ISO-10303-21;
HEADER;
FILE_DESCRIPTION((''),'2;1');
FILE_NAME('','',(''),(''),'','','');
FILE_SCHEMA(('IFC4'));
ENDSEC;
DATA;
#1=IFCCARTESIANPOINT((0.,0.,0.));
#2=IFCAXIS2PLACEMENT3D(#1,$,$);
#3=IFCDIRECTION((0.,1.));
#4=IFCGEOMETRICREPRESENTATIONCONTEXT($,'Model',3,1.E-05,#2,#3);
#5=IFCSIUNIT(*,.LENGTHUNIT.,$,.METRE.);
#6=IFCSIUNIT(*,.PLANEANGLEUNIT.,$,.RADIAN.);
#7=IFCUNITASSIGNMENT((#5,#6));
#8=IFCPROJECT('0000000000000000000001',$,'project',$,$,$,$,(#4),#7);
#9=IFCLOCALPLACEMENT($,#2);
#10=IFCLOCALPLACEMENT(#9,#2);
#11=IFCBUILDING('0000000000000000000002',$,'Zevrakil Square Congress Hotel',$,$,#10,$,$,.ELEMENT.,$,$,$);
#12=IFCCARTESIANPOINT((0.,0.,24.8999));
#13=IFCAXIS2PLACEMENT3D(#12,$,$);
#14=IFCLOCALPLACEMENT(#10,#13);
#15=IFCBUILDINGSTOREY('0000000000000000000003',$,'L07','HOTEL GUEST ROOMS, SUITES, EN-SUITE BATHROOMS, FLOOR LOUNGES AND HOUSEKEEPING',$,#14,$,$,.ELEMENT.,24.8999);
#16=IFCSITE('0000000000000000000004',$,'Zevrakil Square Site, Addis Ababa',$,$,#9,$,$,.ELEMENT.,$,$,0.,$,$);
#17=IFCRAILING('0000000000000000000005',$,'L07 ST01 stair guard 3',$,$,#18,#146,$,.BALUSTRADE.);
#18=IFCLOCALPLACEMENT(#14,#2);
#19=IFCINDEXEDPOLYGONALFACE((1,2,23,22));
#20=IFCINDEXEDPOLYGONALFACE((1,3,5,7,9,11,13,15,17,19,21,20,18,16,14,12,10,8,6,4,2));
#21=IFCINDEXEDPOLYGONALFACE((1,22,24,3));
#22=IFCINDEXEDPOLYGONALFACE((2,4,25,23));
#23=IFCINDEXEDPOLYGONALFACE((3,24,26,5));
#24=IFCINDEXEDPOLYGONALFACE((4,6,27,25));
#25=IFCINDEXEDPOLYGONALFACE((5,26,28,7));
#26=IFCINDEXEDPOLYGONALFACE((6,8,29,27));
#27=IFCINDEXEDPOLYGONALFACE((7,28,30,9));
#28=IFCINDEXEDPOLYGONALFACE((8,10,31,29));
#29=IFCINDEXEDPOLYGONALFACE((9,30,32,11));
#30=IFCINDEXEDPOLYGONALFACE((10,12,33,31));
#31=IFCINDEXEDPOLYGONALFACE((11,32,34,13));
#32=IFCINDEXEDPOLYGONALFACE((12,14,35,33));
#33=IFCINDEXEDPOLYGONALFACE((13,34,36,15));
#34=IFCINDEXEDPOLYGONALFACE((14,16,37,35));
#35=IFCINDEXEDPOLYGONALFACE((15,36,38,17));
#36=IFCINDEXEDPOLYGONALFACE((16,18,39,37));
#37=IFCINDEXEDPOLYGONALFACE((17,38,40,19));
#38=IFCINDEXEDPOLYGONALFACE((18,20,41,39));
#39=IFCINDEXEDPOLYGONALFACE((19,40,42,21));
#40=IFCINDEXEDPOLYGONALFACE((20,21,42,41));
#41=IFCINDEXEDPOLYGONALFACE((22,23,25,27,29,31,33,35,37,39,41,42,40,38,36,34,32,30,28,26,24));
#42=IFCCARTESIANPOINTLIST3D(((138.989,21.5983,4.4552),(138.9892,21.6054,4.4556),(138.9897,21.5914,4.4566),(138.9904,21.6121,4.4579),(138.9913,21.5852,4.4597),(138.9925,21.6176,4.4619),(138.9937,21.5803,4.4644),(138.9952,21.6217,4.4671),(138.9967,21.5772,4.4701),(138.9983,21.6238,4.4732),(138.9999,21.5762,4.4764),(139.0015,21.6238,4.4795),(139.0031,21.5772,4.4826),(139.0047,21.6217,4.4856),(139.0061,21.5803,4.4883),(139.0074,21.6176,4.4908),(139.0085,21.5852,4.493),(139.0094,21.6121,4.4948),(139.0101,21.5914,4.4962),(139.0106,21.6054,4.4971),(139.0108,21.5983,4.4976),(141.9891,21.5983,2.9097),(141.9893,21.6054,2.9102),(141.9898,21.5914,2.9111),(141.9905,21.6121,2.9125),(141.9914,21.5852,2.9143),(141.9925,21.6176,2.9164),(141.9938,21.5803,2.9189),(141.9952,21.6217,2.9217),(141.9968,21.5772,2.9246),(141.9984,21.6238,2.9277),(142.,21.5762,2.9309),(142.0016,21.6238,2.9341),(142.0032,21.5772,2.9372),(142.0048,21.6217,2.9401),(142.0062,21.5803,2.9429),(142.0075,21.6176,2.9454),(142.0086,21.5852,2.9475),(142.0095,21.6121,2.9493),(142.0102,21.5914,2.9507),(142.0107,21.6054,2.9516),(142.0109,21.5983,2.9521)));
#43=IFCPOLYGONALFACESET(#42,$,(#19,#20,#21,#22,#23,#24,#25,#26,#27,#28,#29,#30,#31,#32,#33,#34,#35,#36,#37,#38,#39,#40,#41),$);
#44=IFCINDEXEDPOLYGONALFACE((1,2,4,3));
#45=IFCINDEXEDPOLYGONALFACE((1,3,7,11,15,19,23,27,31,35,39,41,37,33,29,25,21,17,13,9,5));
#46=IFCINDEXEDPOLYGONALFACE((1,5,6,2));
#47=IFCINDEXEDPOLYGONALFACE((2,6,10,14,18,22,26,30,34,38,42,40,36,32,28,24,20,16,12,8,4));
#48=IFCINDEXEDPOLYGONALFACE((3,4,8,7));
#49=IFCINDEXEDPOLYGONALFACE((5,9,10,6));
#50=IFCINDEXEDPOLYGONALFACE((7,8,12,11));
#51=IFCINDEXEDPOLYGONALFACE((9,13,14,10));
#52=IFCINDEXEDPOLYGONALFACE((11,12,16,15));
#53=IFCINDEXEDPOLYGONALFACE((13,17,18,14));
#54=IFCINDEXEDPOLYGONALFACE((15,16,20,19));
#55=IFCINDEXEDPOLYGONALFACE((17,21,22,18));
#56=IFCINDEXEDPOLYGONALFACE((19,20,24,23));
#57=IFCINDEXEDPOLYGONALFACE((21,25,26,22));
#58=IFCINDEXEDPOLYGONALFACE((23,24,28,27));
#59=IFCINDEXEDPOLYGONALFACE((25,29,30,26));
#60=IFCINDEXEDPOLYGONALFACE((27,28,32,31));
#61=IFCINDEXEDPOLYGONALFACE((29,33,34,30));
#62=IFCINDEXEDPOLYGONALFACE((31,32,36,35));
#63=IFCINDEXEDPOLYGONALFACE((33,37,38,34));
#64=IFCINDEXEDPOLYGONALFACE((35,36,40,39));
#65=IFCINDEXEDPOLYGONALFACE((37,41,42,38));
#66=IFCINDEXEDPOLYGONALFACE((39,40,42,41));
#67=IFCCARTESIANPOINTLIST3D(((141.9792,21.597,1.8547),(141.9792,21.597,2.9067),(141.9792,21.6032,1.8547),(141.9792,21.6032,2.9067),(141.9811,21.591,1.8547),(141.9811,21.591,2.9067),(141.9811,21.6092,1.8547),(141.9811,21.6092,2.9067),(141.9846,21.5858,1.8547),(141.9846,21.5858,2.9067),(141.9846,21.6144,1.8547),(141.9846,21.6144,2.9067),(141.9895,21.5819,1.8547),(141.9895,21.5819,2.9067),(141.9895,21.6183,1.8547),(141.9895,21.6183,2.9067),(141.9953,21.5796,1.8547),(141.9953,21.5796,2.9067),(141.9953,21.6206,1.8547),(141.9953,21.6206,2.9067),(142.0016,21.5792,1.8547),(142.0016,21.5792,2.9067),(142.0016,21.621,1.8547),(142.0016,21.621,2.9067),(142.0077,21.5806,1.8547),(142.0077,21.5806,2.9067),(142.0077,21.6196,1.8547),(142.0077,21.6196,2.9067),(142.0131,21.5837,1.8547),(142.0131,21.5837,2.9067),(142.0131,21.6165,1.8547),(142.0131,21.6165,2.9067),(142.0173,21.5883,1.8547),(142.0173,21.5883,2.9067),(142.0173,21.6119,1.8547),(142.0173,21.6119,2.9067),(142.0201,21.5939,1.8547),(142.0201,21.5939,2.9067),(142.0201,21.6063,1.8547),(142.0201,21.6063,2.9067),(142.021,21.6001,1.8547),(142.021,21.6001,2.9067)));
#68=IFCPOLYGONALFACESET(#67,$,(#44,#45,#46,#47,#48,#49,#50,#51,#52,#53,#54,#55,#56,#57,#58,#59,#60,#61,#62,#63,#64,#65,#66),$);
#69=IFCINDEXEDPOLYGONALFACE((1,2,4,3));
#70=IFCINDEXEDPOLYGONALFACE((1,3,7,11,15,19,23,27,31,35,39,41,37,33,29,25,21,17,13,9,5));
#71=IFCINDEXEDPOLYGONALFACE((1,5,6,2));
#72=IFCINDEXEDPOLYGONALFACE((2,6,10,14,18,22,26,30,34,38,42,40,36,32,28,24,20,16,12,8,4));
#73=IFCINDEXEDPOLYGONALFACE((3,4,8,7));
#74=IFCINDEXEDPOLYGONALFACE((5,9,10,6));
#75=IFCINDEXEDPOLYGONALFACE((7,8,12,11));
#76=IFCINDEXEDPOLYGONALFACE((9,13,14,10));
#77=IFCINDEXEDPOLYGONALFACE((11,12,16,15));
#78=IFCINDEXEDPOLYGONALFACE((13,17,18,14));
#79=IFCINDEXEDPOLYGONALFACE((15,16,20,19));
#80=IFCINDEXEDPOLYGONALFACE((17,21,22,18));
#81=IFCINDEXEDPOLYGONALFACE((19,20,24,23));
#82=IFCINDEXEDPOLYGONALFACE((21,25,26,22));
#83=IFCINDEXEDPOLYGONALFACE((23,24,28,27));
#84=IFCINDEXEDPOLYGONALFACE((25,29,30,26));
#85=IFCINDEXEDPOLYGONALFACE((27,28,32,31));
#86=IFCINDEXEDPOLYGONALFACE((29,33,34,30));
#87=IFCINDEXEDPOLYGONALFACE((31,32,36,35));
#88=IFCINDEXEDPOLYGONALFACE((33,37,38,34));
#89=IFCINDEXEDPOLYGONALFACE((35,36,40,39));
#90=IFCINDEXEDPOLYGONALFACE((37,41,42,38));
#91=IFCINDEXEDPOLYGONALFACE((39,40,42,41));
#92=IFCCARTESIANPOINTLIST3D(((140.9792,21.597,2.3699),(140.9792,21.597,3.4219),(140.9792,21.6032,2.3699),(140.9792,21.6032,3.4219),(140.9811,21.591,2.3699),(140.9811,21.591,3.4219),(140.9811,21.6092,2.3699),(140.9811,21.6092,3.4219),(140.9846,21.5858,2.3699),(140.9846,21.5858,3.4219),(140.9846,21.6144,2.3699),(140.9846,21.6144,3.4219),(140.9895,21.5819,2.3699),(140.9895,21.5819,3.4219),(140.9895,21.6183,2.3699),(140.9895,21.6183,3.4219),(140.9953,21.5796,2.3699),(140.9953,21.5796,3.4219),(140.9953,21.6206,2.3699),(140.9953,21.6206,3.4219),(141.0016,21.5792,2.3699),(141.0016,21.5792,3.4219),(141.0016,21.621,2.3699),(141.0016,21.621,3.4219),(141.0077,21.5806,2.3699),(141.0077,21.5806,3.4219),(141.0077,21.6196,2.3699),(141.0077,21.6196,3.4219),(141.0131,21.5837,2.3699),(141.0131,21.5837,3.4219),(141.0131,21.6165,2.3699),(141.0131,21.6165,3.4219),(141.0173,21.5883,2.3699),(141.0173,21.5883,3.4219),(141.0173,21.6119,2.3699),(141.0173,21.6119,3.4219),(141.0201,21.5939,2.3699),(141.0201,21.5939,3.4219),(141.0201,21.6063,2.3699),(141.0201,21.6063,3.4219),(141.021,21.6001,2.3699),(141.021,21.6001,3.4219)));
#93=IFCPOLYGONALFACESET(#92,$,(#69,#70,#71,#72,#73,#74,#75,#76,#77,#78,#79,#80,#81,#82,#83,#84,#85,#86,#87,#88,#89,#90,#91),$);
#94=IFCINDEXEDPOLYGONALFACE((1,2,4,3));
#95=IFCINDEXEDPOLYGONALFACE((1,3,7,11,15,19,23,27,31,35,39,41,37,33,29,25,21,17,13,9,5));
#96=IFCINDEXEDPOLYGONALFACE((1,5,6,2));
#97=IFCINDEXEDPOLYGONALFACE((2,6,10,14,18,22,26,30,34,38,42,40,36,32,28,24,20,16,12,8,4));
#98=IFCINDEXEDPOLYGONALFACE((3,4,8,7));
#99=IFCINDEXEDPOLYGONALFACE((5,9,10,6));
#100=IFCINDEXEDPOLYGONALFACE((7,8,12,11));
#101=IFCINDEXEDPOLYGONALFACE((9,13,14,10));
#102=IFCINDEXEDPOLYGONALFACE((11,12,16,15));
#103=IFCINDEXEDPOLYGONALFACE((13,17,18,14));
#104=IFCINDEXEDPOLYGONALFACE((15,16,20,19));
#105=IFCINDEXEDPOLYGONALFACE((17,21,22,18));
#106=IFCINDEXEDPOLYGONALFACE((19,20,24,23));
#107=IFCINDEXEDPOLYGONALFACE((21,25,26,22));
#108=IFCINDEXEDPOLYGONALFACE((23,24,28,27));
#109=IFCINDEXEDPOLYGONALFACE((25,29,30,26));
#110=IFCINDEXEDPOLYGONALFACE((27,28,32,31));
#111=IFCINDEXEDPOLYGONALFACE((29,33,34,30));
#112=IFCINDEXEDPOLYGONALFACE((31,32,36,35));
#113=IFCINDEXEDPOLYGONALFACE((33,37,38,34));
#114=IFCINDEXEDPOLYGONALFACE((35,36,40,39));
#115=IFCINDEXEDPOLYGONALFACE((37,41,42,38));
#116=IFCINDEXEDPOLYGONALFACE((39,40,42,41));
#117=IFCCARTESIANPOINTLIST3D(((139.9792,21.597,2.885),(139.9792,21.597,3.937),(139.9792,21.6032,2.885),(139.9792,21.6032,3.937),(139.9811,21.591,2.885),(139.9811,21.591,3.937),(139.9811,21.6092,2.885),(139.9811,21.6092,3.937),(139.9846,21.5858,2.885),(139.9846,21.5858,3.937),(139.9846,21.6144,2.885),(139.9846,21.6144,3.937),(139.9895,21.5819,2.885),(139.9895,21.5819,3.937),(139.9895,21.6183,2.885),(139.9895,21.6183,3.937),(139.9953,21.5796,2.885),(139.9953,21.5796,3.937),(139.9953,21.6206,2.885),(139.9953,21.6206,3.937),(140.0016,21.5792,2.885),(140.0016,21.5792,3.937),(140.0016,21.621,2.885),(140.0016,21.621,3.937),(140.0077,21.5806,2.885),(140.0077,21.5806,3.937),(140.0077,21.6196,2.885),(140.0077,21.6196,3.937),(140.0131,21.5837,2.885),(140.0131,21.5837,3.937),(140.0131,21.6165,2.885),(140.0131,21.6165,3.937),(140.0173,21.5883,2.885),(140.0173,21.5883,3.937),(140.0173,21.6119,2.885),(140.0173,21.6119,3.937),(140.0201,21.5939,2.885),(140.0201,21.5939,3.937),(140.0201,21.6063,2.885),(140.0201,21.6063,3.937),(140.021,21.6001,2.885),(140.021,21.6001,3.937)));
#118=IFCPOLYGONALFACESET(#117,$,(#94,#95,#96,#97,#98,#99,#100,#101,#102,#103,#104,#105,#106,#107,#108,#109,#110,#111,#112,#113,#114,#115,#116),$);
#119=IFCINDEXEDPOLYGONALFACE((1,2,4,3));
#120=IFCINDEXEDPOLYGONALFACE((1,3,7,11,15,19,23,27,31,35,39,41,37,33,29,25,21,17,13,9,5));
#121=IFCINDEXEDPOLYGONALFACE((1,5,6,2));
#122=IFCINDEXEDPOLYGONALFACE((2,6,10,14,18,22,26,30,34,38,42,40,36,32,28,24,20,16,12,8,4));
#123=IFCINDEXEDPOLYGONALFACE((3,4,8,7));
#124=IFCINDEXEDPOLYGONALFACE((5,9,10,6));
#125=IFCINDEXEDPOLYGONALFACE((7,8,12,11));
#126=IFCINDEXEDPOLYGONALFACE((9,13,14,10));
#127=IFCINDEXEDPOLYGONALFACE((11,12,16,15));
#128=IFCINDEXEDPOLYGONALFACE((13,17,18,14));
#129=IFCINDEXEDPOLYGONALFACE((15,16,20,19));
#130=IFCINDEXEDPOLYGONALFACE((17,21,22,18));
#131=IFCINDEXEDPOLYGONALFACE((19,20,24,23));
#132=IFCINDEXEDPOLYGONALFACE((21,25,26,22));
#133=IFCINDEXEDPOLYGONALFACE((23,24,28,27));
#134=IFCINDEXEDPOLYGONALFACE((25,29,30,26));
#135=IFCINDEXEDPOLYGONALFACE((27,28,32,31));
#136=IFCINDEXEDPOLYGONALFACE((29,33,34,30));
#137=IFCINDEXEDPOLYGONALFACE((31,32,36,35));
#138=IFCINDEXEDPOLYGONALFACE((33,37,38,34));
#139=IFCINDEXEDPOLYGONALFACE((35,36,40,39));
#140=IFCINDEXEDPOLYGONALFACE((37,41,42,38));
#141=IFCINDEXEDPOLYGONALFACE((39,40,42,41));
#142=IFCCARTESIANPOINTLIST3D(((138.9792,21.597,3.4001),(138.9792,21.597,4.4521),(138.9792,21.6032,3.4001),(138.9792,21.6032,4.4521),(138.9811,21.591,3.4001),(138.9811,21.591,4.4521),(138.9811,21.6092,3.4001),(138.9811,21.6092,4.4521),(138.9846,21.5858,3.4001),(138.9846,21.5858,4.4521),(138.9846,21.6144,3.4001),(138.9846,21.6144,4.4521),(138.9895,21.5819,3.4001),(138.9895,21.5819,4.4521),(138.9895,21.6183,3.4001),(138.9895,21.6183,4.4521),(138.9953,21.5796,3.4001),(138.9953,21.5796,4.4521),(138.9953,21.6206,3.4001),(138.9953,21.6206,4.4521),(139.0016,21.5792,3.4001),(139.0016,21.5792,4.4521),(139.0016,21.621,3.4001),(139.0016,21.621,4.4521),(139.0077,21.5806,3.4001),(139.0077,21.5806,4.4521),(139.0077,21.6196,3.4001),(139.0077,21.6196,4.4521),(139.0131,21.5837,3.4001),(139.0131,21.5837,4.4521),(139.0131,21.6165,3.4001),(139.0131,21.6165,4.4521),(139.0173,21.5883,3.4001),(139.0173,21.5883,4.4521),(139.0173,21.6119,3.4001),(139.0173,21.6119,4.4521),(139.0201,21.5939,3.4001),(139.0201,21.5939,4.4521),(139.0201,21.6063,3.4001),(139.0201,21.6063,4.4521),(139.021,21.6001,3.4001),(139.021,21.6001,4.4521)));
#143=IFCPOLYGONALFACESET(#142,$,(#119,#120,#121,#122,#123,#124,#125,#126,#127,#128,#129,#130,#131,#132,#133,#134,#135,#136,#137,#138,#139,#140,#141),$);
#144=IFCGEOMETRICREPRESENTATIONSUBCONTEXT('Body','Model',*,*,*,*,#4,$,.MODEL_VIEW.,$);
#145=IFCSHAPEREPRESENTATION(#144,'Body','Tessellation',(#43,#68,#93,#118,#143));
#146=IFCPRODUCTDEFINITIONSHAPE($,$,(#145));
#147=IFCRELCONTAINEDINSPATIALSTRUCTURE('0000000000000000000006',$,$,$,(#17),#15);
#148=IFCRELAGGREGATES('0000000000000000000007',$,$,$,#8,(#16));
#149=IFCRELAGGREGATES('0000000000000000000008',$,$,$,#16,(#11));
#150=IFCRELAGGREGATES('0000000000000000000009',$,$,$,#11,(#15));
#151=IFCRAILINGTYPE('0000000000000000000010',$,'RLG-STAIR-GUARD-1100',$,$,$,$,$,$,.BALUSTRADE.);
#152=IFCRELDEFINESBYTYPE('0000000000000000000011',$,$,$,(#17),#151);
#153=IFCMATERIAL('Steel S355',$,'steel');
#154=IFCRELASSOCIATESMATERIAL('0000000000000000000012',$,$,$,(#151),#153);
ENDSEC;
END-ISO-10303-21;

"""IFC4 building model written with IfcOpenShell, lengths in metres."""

from ifc_helpers import new_model, si_unit, direction, frame, origin, origin_2d, place, context, subcontext, project, spatial, circle, extrude, material, type_object, element, save


model = new_model("IFC4")

# Units and contexts
model_context = context("Model", 3, precision=1e-05, world=origin(), true_north=direction((0.0, 1.0)))
body_context = subcontext(model_context, "Body", "Model", "MODEL_VIEW")
ifc_project = project(units=[si_unit("LENGTHUNIT", "METRE"), si_unit("PLANEANGLEUNIT", "RADIAN")], contexts=[model_context])

# Site, building, storey
site_placement = place(None, origin())
site = spatial("IfcSite", under=ifc_project, at=site_placement, Name="Zevrakil Square Site, Addis Ababa", CompositionType="ELEMENT", RefElevation=0.0)
building_placement = place(site_placement, origin())
building = spatial("IfcBuilding", under=site, at=building_placement, Name="Zevrakil Square Congress Hotel", CompositionType="ELEMENT")
storey_placement = place(building_placement, frame((0.0, 0.0, 24.8999)))
storey = spatial("IfcBuildingStorey", under=building, at=storey_placement, Name="L07", Description="HOTEL GUEST ROOMS, SUITES, EN-SUITE BATHROOMS, FLOOR LOUNGES AND HOUSEKEEPING", CompositionType="ELEMENT", Elevation=24.8999)

# Railing
ifc_material_1 = material(Name="Steel S355", Category="steel")
railing_type_1 = type_object("IfcRailingType", Name="RLG-STAIR-GUARD-1100", PredefinedType="BALUSTRADE", material=ifc_material_1)
railing_1_placement = place(storey_placement, frame((142.0, 21.6001, 1.8547)))
element("IfcRailing", 1, at=railing_1_placement, inside=storey, type_object=railing_type_1, Name="L07 ST01 stair guard 3", PredefinedType="BALUSTRADE", context=body_context, shape_type="SweptSolid", body=[
    extrude(circle(Radius=0.0239, at=origin_2d()), frame((0.0, 0.0, 1.0762), z_axis=(-0.88898, 0.0, 0.457946), x_axis=(0.0, -1.0, 0.0)), (0.0, 0.0, 1.0), 3.3748),
    extrude(circle(Radius=0.021, at=origin_2d()), origin(), (0.0, 0.0, 1.0), 1.052),
    extrude(circle(Radius=0.021, at=origin_2d()), frame((-1.0, 0.0, 0.5151)), (0.0, 0.0, 1.0), 1.052),
    extrude(circle(Radius=0.021, at=origin_2d()), frame((-2.0, 0.0, 1.0303)), (0.0, 0.0, 1.0), 1.052),
    extrude(circle(Radius=0.021, at=origin_2d()), frame((-3.0, 0.0, 1.5454)), (0.0, 0.0, 1.0), 1.052),
])

save(model, "model.ifc")
